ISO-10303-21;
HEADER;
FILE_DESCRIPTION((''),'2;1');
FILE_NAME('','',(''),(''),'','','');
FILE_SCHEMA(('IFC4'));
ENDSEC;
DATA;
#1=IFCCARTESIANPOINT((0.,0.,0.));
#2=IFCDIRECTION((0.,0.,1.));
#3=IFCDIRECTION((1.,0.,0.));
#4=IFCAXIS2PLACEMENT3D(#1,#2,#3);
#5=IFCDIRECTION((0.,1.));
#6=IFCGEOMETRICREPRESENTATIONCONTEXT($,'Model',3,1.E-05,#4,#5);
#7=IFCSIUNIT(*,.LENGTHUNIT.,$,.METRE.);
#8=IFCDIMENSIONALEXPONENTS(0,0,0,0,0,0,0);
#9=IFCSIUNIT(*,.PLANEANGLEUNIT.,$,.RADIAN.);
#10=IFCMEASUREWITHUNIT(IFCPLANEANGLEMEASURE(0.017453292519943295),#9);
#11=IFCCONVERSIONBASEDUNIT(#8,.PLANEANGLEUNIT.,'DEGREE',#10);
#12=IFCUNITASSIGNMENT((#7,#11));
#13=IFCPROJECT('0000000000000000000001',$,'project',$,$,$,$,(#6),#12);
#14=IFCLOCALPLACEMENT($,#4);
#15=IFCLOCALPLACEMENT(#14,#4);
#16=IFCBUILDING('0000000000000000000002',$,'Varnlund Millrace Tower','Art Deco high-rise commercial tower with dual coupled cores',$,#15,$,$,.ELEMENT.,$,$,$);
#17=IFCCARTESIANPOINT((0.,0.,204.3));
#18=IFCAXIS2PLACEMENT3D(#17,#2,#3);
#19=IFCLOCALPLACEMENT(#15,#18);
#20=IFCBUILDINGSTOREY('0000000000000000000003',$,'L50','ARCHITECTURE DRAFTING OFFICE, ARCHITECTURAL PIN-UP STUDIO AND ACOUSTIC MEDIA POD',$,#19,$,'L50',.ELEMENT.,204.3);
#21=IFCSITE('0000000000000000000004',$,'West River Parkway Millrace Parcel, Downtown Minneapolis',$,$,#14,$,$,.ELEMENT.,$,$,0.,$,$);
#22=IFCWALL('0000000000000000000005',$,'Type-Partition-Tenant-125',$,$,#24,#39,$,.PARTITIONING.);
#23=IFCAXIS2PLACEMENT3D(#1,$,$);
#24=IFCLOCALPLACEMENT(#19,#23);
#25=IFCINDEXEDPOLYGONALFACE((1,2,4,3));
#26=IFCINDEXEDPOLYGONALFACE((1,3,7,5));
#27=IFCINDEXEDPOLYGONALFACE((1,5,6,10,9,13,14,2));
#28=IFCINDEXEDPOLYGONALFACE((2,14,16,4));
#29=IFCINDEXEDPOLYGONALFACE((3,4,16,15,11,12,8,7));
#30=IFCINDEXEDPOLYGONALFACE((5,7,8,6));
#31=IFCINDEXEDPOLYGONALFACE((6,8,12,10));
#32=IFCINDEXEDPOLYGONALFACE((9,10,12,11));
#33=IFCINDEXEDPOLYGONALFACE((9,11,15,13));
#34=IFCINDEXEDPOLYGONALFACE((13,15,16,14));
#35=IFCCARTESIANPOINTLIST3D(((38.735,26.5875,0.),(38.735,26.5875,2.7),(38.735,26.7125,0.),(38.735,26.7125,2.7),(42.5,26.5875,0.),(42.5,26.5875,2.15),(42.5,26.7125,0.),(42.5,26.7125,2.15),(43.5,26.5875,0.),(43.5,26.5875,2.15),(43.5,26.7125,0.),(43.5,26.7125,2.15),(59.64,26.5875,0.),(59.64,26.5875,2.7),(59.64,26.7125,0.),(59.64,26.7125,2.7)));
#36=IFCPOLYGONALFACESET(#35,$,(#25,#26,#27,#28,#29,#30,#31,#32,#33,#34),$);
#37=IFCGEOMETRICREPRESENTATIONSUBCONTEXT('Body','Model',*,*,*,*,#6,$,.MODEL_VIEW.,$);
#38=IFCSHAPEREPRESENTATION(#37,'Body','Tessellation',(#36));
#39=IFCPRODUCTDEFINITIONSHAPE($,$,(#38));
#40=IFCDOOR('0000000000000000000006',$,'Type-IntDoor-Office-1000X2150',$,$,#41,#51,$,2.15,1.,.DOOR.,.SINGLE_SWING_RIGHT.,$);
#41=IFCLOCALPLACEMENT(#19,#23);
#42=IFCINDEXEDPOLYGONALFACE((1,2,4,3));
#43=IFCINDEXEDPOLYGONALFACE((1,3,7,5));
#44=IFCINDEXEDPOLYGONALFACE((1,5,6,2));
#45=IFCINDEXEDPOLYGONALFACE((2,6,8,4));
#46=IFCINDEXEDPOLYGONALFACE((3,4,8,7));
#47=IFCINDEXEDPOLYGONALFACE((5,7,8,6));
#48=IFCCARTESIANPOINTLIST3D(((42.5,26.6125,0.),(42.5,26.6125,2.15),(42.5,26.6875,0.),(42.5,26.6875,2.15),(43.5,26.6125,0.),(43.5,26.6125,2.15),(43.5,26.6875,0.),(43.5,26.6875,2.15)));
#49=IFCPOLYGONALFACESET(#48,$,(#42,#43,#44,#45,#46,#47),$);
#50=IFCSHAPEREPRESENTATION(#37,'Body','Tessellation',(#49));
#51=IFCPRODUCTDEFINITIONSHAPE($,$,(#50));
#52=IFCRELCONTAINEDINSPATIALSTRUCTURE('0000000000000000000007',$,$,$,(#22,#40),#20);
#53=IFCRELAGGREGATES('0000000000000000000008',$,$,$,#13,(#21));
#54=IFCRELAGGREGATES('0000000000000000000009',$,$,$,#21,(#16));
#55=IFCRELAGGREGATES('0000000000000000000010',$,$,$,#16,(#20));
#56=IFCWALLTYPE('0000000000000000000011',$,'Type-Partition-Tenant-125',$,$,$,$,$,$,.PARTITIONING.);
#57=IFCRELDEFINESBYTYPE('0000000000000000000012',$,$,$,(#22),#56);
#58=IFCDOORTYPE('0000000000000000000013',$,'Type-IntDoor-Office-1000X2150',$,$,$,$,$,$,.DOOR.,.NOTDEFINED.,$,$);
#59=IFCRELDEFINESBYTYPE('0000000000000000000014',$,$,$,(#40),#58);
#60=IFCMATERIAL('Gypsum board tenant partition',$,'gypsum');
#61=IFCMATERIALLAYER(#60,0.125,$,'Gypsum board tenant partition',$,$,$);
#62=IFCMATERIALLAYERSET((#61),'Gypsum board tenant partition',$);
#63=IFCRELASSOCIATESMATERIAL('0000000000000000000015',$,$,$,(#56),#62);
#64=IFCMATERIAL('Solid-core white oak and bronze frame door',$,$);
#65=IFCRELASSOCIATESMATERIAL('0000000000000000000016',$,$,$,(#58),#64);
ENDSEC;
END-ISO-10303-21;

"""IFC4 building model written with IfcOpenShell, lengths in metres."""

from ifc_helpers import new_model, entity, si_unit, converted_unit, direction, frame, origin_with_axes, origin_2d_with_axis, place, context, subcontext, project, spatial, polyline, rectangle, outline, extrude, material, layer, layer_set, type_object, element, fill, save


model = new_model("IFC4")

# Units and contexts
model_context = context("Model", 3, precision=1e-05, world=origin_with_axes(), true_north=direction((0.0, 1.0)))
body_context = subcontext(model_context, "Body", "Model", "MODEL_VIEW")
ifc_project = project(units=[si_unit("LENGTHUNIT", "METRE"), converted_unit("PLANEANGLEUNIT", "DEGREE", entity("IfcPlaneAngleMeasure", 0.017453292519943295), si_unit("PLANEANGLEUNIT", "RADIAN"), dimensions=[0, 0, 0, 0, 0, 0, 0])], contexts=[model_context])

# Site, building, storey
site_placement = place(None, origin_with_axes())
site = spatial("IfcSite", under=ifc_project, at=site_placement, Name="West River Parkway Millrace Parcel, Downtown Minneapolis", CompositionType="ELEMENT", RefElevation=0.0)
building_placement = place(site_placement, origin_with_axes())
building = spatial("IfcBuilding", under=site, at=building_placement, Name="Varnlund Millrace Tower", Description="Art Deco high-rise commercial tower with dual coupled cores", CompositionType="ELEMENT")
storey_placement = place(building_placement, frame((0.0, 0.0, 204.3), z_axis=(0.0, 0.0, 1.0), x_axis=(1.0, 0.0, 0.0)))
storey = spatial("IfcBuildingStorey", under=building, at=storey_placement, Name="L50", Description="ARCHITECTURE DRAFTING OFFICE, ARCHITECTURAL PIN-UP STUDIO AND ACOUSTIC MEDIA POD", LongName="L50", CompositionType="ELEMENT", Elevation=204.3)

# Shared definitions
ifc_material_1 = material(Name="Gypsum board tenant partition", Category="gypsum")
ifc_layer_1 = layer(ifc_material_1, 0.125, Name="Gypsum board tenant partition")
ifc_layer_set_1 = layer_set([ifc_layer_1], Name="Gypsum board tenant partition")
wall_type_1 = type_object("IfcWallType", Name="Type-Partition-Tenant-125", PredefinedType="PARTITIONING", material=ifc_layer_set_1)

# Wall, opening, door
wall_1_placement = place(storey_placement, frame((38.735, 26.65, 0.0), z_axis=(0.0, 0.0, 1.0), x_axis=(1.0, 0.0, 0.0)))
wall_1 = element("IfcWall", 1, at=wall_1_placement, inside=storey, type_object=wall_type_1, Name="Type-Partition-Tenant-125", PredefinedType="PARTITIONING", context=body_context, shape_type="SweptSolid", body=[
    extrude(outline(polyline([(0.0, -0.0625), (20.905, -0.0625), (20.905, 0.0625), (0.0, 0.0625), (0.0, -0.0625)])), origin_with_axes(), (0.0, 0.0, 1.0), 2.7),
])
opening_1_placement = place(wall_1_placement, frame((4.265, 0.0, 0.0), z_axis=(0.0, 0.0, 1.0), x_axis=(1.0, 0.0, 0.0)))
opening_1 = element("IfcOpeningElement", 2, at=opening_1_placement, cuts=wall_1, PredefinedType="OPENING", context=body_context, shape_type="SweptSolid", body=[
    extrude(rectangle(XDim=1.0, YDim=0.145, at=origin_2d_with_axis()), origin_with_axes(), (0.0, 0.0, 1.0), 2.15),
])
ifc_material_2 = material(Name="Solid-core white oak and bronze frame door")
door_type = type_object("IfcDoorType", Name="Type-IntDoor-Office-1000X2150", OperationType="NOTDEFINED", PredefinedType="DOOR", material=ifc_material_2)
door_placement = place(wall_1_placement, frame((4.265, 0.0, 0.0), z_axis=(0.0, 0.0, 1.0), x_axis=(1.0, 0.0, 0.0)))
door = element("IfcDoor", 3, at=door_placement, inside=storey, type_object=door_type, Name="Type-IntDoor-Office-1000X2150", OperationType="SINGLE_SWING_RIGHT", OverallHeight=2.15, OverallWidth=1.0, PredefinedType="DOOR", context=body_context, shape_type="SweptSolid", body=[
    extrude(rectangle(XDim=1.0, YDim=0.075, at=origin_2d_with_axis()), origin_with_axes(), (0.0, 0.0, 1.0), 2.15),
])
fill(opening_1, door)

save(model, "model.ifc")
